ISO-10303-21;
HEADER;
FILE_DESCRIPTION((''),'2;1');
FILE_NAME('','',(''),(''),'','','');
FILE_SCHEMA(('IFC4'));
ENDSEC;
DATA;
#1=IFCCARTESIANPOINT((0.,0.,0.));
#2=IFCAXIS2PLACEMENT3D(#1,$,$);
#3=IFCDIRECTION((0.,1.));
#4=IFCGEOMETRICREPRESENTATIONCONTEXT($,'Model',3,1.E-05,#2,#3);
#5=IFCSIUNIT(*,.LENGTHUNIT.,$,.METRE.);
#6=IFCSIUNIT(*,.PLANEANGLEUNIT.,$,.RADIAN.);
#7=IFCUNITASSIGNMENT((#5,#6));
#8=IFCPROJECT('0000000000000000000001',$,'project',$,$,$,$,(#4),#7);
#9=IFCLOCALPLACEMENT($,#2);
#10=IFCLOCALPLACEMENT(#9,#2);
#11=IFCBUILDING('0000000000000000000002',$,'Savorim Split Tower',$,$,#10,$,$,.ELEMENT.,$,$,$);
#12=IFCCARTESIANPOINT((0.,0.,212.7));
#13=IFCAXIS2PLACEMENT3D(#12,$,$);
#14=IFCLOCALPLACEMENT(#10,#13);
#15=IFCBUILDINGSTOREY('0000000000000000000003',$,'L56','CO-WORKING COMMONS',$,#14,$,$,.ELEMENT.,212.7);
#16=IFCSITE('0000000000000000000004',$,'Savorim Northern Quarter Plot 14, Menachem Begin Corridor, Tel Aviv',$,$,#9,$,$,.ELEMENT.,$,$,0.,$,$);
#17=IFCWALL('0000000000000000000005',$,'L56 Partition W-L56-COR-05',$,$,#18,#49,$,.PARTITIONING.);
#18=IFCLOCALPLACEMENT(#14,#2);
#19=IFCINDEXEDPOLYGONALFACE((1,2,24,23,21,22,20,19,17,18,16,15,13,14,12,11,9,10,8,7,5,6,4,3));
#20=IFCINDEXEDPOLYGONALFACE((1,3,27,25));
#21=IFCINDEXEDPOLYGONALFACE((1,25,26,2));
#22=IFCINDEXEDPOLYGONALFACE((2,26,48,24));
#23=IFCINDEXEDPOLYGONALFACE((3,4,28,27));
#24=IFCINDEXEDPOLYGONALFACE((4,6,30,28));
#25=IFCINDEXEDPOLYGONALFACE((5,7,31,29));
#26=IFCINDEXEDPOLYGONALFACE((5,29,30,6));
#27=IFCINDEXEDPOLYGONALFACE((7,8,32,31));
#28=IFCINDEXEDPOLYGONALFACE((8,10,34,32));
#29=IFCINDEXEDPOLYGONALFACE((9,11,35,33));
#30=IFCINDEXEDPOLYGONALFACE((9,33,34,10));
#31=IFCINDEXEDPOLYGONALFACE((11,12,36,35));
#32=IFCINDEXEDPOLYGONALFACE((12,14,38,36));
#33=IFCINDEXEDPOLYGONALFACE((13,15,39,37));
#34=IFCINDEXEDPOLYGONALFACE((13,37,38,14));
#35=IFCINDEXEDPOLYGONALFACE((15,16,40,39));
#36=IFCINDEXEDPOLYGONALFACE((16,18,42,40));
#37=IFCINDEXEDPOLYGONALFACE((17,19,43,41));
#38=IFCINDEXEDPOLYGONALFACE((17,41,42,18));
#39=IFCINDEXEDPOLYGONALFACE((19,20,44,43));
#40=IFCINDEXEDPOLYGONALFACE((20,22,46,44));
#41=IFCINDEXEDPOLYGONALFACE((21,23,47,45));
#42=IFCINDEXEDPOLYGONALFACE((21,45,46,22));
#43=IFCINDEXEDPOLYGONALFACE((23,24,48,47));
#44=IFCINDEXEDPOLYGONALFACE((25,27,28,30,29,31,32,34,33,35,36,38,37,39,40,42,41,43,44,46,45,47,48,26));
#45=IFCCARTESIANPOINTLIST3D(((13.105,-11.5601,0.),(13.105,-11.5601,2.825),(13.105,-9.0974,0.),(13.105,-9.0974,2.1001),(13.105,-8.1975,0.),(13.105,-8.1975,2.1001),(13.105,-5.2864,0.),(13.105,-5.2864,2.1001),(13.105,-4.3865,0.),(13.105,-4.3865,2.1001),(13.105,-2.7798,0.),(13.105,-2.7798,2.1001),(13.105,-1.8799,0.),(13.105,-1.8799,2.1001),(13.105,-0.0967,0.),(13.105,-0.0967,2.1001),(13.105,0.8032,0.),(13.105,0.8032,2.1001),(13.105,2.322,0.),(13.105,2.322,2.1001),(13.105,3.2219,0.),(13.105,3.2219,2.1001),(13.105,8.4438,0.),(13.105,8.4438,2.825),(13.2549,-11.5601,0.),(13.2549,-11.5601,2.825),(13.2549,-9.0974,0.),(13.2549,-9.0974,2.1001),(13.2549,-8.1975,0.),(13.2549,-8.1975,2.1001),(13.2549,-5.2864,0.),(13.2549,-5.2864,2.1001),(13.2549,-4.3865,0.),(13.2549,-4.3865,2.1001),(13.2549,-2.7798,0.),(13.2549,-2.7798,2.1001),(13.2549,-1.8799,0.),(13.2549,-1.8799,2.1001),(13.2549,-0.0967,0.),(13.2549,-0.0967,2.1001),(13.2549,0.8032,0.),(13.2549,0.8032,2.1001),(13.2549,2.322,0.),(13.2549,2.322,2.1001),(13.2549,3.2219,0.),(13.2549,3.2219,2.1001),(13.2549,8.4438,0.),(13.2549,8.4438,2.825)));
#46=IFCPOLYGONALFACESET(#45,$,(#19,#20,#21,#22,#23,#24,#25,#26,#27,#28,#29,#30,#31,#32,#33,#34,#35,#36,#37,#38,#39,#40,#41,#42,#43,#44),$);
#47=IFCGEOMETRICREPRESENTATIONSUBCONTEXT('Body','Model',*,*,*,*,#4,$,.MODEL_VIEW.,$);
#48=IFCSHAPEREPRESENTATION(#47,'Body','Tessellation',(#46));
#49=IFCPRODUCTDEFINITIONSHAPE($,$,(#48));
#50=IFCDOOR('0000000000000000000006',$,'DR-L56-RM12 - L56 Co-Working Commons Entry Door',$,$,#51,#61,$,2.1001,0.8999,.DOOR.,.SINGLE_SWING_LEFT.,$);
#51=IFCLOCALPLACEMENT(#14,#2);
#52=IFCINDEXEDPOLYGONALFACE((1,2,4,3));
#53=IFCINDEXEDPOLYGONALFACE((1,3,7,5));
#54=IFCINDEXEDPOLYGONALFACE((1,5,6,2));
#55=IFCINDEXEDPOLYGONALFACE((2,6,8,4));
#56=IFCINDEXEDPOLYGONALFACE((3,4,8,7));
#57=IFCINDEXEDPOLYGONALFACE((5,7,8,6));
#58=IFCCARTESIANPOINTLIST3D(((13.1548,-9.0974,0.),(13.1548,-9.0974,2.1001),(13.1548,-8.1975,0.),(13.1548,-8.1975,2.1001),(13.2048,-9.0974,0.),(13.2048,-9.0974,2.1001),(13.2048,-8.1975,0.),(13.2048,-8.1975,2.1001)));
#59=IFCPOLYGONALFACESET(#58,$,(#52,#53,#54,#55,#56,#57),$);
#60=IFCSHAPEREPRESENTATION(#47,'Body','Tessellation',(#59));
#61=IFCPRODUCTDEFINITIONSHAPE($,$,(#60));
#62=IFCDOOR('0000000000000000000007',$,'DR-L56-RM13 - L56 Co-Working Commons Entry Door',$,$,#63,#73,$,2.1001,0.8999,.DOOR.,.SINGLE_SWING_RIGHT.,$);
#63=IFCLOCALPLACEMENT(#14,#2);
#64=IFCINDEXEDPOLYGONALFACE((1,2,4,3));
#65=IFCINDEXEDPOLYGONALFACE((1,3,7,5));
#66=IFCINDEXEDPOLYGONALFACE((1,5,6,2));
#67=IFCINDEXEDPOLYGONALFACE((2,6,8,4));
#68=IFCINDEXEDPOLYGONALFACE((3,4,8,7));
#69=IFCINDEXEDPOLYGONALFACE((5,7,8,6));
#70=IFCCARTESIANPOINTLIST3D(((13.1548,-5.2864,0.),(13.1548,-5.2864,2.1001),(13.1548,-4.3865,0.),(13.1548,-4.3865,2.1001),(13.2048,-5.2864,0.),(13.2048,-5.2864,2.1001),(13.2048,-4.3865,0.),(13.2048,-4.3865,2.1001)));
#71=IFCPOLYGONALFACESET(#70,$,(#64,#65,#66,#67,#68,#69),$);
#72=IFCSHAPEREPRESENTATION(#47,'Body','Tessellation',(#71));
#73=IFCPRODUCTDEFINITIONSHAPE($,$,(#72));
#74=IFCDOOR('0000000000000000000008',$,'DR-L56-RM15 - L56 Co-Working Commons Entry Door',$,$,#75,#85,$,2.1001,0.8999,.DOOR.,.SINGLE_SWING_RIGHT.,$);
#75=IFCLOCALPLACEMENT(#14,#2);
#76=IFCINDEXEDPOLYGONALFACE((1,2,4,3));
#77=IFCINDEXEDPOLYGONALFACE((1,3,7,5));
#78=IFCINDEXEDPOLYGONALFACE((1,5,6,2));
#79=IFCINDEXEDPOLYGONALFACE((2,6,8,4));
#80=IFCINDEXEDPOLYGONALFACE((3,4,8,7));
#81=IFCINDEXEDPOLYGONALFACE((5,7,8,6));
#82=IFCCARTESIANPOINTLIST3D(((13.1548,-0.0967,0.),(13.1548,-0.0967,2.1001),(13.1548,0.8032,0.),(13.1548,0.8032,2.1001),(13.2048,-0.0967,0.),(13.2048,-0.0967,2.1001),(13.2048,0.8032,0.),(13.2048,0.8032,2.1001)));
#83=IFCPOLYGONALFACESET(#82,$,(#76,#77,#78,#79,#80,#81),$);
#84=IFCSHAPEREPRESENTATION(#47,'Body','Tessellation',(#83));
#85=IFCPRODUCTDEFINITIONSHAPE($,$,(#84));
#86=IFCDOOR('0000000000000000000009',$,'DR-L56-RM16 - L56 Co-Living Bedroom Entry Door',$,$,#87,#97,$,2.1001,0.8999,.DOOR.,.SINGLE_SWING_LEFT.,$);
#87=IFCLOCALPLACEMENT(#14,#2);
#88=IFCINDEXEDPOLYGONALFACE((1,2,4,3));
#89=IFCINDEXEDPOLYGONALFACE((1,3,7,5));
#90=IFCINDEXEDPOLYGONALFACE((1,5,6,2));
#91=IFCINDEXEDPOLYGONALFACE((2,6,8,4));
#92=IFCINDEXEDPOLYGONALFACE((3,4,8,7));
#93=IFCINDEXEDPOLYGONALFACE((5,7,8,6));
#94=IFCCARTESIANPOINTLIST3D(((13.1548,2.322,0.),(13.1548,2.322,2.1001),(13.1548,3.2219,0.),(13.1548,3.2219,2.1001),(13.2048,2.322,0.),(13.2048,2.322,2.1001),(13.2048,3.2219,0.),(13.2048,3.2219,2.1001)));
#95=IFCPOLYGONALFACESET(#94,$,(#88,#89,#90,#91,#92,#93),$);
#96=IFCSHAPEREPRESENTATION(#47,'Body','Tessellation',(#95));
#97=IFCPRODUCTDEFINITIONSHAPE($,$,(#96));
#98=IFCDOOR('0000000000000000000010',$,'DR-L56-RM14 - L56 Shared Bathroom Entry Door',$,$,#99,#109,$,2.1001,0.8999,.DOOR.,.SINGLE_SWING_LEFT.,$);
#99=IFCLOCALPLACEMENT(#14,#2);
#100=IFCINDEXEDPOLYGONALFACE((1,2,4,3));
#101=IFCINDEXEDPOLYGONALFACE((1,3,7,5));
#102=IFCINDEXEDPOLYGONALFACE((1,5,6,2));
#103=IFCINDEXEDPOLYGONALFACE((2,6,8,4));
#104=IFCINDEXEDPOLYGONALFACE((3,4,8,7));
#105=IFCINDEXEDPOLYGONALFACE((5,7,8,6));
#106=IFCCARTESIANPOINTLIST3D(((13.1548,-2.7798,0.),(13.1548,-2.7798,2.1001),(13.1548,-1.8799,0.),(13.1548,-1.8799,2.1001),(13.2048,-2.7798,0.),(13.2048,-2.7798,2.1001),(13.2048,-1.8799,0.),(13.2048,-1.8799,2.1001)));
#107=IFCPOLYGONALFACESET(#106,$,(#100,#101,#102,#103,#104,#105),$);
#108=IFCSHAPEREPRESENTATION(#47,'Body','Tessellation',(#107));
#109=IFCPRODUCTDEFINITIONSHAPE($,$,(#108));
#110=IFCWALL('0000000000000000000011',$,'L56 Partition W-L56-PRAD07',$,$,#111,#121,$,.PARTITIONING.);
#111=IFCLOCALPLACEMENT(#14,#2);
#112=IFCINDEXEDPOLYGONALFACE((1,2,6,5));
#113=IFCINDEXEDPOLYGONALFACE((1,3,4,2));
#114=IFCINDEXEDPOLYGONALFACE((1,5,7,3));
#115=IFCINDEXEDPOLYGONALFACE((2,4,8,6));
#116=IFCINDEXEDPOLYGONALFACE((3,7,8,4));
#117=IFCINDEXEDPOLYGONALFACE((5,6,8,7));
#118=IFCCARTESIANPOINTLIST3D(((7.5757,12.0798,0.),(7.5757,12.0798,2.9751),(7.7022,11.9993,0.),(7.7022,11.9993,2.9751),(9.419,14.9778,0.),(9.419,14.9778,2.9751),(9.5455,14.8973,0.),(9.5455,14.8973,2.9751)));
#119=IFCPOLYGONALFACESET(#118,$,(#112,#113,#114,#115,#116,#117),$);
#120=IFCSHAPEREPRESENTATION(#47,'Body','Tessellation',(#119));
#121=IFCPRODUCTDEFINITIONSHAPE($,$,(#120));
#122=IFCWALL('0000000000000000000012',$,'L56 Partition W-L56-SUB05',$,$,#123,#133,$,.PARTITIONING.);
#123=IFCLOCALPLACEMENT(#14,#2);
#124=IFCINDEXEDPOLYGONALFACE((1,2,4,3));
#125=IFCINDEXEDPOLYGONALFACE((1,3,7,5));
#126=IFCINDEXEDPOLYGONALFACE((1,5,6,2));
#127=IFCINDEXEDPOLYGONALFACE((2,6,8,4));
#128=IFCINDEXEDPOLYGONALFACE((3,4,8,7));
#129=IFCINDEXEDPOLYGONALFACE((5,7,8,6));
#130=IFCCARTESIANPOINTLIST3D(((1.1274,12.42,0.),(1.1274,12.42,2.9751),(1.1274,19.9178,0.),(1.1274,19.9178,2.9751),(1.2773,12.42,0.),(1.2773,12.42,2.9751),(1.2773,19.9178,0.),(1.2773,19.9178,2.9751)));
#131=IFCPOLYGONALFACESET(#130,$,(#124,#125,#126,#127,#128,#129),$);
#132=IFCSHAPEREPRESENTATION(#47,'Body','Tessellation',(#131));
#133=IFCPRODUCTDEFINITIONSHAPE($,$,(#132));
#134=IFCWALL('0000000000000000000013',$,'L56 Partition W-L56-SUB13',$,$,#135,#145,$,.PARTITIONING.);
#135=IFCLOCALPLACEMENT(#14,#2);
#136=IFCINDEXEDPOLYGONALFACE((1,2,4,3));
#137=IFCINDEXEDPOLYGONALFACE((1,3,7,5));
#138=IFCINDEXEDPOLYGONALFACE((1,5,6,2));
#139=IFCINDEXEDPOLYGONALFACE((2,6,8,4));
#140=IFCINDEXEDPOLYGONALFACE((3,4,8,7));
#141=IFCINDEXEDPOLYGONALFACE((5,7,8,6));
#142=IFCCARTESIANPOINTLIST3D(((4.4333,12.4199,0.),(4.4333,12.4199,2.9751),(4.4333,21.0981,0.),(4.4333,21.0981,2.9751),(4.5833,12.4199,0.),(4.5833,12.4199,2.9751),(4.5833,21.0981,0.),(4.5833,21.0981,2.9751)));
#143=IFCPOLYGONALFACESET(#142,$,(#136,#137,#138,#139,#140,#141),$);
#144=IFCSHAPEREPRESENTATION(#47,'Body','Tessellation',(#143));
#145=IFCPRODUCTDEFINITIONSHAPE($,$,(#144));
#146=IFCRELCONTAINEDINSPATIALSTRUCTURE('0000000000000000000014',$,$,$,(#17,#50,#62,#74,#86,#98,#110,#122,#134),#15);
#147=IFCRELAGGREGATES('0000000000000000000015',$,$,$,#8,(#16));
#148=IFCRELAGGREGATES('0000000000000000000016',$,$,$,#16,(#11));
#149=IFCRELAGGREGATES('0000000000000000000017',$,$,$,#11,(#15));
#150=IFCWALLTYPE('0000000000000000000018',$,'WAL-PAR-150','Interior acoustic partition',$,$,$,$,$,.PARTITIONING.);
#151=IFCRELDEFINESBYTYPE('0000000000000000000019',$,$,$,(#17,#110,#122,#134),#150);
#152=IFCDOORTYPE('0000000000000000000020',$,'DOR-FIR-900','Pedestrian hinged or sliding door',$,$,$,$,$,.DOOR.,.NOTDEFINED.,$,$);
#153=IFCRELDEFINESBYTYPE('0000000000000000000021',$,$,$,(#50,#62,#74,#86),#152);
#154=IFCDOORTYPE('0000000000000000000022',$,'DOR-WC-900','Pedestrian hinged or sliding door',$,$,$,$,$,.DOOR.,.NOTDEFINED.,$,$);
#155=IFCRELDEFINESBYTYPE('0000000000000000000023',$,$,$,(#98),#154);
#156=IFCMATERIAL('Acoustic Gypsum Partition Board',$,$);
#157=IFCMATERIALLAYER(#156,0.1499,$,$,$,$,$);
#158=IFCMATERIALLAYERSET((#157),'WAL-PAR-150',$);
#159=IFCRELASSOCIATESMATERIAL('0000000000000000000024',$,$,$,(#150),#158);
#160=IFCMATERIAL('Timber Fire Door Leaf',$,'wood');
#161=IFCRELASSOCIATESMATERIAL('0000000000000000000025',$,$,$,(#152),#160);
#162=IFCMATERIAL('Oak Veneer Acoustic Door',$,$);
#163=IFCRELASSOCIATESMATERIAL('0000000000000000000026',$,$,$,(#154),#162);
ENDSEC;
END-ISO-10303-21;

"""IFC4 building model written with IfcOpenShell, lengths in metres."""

from ifc_helpers import new_model, si_unit, direction, frame, frame_2d, origin, place, context, subcontext, project, spatial, rectangle, extrude, material, layer, layer_set, type_object, element, fill, save


model = new_model("IFC4")

# Units and contexts
model_context = context("Model", 3, precision=1e-05, world=origin(), true_north=direction((0.0, 1.0)))
body_context = subcontext(model_context, "Body", "Model", "MODEL_VIEW")
ifc_project = project(units=[si_unit("LENGTHUNIT", "METRE"), si_unit("PLANEANGLEUNIT", "RADIAN")], contexts=[model_context])

# Site, building, storey
site_placement = place(None, origin())
site = spatial("IfcSite", under=ifc_project, at=site_placement, Name="Savorim Northern Quarter Plot 14, Menachem Begin Corridor, Tel Aviv", CompositionType="ELEMENT", RefElevation=0.0)
building_placement = place(site_placement, origin())
building = spatial("IfcBuilding", under=site, at=building_placement, Name="Savorim Split Tower", CompositionType="ELEMENT")
storey_placement = place(building_placement, frame((0.0, 0.0, 212.7)))
storey = spatial("IfcBuildingStorey", under=building, at=storey_placement, Name="L56", Description="CO-WORKING COMMONS", CompositionType="ELEMENT", Elevation=212.7)

# Shared definitions
ifc_material_1 = material(Name="Timber Fire Door Leaf", Category="wood")

# Shared definitions
ifc_material_2 = material(Name="Acoustic Gypsum Partition Board")
ifc_layer_1 = layer(ifc_material_2, 0.1499)
ifc_layer_set_1 = layer_set([ifc_layer_1], Name="WAL-PAR-150")
wall_type_1 = type_object("IfcWallType", Name="WAL-PAR-150", Description="Interior acoustic partition", PredefinedType="PARTITIONING", material=ifc_layer_set_1)
door_type_1 = type_object("IfcDoorType", Name="DOR-FIR-900", Description="Pedestrian hinged or sliding door", OperationType="NOTDEFINED", PredefinedType="DOOR", material=ifc_material_1)

# Wall, openings, doors
wall_1_placement = place(storey_placement, frame((13.1799, 8.4438, 0.0), z_axis=(0.0, 0.0, 1.0), x_axis=(0.0, -1.0, 0.0)))
wall_1 = element("IfcWall", 1, at=wall_1_placement, inside=storey, type_object=wall_type_1, Name="L56 Partition W-L56-COR-05", PredefinedType="PARTITIONING", context=body_context, shape_type="SweptSolid", body=[
    extrude(rectangle(XDim=20.0039, YDim=0.1499, at=frame_2d((10.002, 0.0))), origin(), (0.0, 0.0, 1.0), 2.825),
])
opening_1_placement = place(wall_1_placement, frame((16.6414, 0.0, 0.0)))
opening_1 = element("IfcOpeningElement", 2, at=opening_1_placement, cuts=wall_1, PredefinedType="OPENING", context=body_context, shape_type="SweptSolid", body=[
    extrude(rectangle(XDim=0.8999, YDim=2.1001, at=frame_2d((0.45, 1.05))), frame((0.0, 0.085, 0.0), z_axis=(0.0, -1.0, 0.0), x_axis=(1.0, 0.0, 0.0)), (0.0, 0.0, 1.0), 0.1699),
])
opening_2_placement = place(wall_1_placement, frame((12.8303, 0.0, 0.0)))
opening_2 = element("IfcOpeningElement", 3, at=opening_2_placement, cuts=wall_1, PredefinedType="OPENING", context=body_context, shape_type="SweptSolid", body=[
    extrude(rectangle(XDim=0.8999, YDim=2.1001, at=frame_2d((0.45, 1.05))), frame((0.0, 0.085, 0.0), z_axis=(0.0, -1.0, 0.0), x_axis=(1.0, 0.0, 0.0)), (0.0, 0.0, 1.0), 0.1699),
])
opening_3_placement = place(wall_1_placement, frame((10.3237, 0.0, 0.0)))
opening_3 = element("IfcOpeningElement", 4, at=opening_3_placement, cuts=wall_1, PredefinedType="OPENING", context=body_context, shape_type="SweptSolid", body=[
    extrude(rectangle(XDim=0.8999, YDim=2.1001, at=frame_2d((0.45, 1.05))), frame((0.0, 0.085, 0.0), z_axis=(0.0, -1.0, 0.0), x_axis=(1.0, 0.0, 0.0)), (0.0, 0.0, 1.0), 0.1699),
])
opening_4_placement = place(wall_1_placement, frame((7.6406, 0.0, 0.0)))
opening_4 = element("IfcOpeningElement", 5, at=opening_4_placement, cuts=wall_1, PredefinedType="OPENING", context=body_context, shape_type="SweptSolid", body=[
    extrude(rectangle(XDim=0.8999, YDim=2.1001, at=frame_2d((0.45, 1.05))), frame((0.0, 0.085, 0.0), z_axis=(0.0, -1.0, 0.0), x_axis=(1.0, 0.0, 0.0)), (0.0, 0.0, 1.0), 0.1699),
])
opening_5_placement = place(wall_1_placement, frame((5.2219, 0.0, 0.0)))
opening_5 = element("IfcOpeningElement", 6, at=opening_5_placement, cuts=wall_1, PredefinedType="OPENING", context=body_context, shape_type="SweptSolid", body=[
    extrude(rectangle(XDim=0.8999, YDim=2.1001, at=frame_2d((0.45, 1.05))), frame((0.0, 0.085, 0.0), z_axis=(0.0, -1.0, 0.0), x_axis=(1.0, 0.0, 0.0)), (0.0, 0.0, 1.0), 0.1699),
])
door_1_placement = place(opening_1_placement, origin())
door_1 = element("IfcDoor", 7, at=door_1_placement, inside=storey, type_object=door_type_1, Name="DR-L56-RM12 - L56 Co-Working Commons Entry Door", OperationType="SINGLE_SWING_LEFT", OverallHeight=2.1001, OverallWidth=0.8999, PredefinedType="DOOR", context=body_context, shape_type="SweptSolid", body=[
    extrude(rectangle(XDim=0.8999, YDim=2.1001, at=frame_2d((0.45, 1.05))), frame((0.0, 0.0249, 0.0), z_axis=(0.0, -1.0, 0.0), x_axis=(1.0, 0.0, 0.0)), (0.0, 0.0, 1.0), 0.05),
])
fill(opening_1, door_1)
door_2_placement = place(opening_2_placement, origin())
door_2 = element("IfcDoor", 8, at=door_2_placement, inside=storey, type_object=door_type_1, Name="DR-L56-RM13 - L56 Co-Working Commons Entry Door", OperationType="SINGLE_SWING_RIGHT", OverallHeight=2.1001, OverallWidth=0.8999, PredefinedType="DOOR", context=body_context, shape_type="SweptSolid", body=[
    extrude(rectangle(XDim=0.8999, YDim=2.1001, at=frame_2d((0.45, 1.05))), frame((0.0, 0.0249, 0.0), z_axis=(0.0, -1.0, 0.0), x_axis=(1.0, 0.0, 0.0)), (0.0, 0.0, 1.0), 0.05),
])
fill(opening_2, door_2)
door_3_placement = place(opening_4_placement, origin())
door_3 = element("IfcDoor", 9, at=door_3_placement, inside=storey, type_object=door_type_1, Name="DR-L56-RM15 - L56 Co-Working Commons Entry Door", OperationType="SINGLE_SWING_RIGHT", OverallHeight=2.1001, OverallWidth=0.8999, PredefinedType="DOOR", context=body_context, shape_type="SweptSolid", body=[
    extrude(rectangle(XDim=0.8999, YDim=2.1001, at=frame_2d((0.45, 1.05))), frame((0.0, 0.0249, 0.0), z_axis=(0.0, -1.0, 0.0), x_axis=(1.0, 0.0, 0.0)), (0.0, 0.0, 1.0), 0.05),
])
fill(opening_4, door_3)
door_4_placement = place(opening_5_placement, origin())
door_4 = element("IfcDoor", 10, at=door_4_placement, inside=storey, type_object=door_type_1, Name="DR-L56-RM16 - L56 Co-Living Bedroom Entry Door", OperationType="SINGLE_SWING_LEFT", OverallHeight=2.1001, OverallWidth=0.8999, PredefinedType="DOOR", context=body_context, shape_type="SweptSolid", body=[
    extrude(rectangle(XDim=0.8999, YDim=2.1001, at=frame_2d((0.45, 1.05))), frame((0.0, 0.0249, 0.0), z_axis=(0.0, -1.0, 0.0), x_axis=(1.0, 0.0, 0.0)), (0.0, 0.0, 1.0), 0.05),
])
fill(opening_5, door_4)
ifc_material_3 = material(Name="Oak Veneer Acoustic Door")
door_type_2 = type_object("IfcDoorType", Name="DOR-WC-900", Description="Pedestrian hinged or sliding door", OperationType="NOTDEFINED", PredefinedType="DOOR", material=ifc_material_3)
door_5_placement = place(opening_3_placement, origin())
door_5 = element("IfcDoor", 11, at=door_5_placement, inside=storey, type_object=door_type_2, Name="DR-L56-RM14 - L56 Shared Bathroom Entry Door", OperationType="SINGLE_SWING_LEFT", OverallHeight=2.1001, OverallWidth=0.8999, PredefinedType="DOOR", context=body_context, shape_type="SweptSolid", body=[
    extrude(rectangle(XDim=0.8999, YDim=2.1001, at=frame_2d((0.45, 1.05))), frame((0.0, 0.0249, 0.0), z_axis=(0.0, -1.0, 0.0), x_axis=(1.0, 0.0, 0.0)), (0.0, 0.0, 1.0), 0.05),
])
fill(opening_3, door_5)

# Walls
wall_2_placement = place(storey_placement, frame((7.6389, 12.0396, 0.0), z_axis=(0.0, 0.0, 1.0), x_axis=(0.536691, 0.843779, 0.0)))
element("IfcWall", 12, at=wall_2_placement, inside=storey, type_object=wall_type_1, Name="L56 Partition W-L56-PRAD07", PredefinedType="PARTITIONING", context=body_context, shape_type="SweptSolid", body=[
    extrude(rectangle(XDim=3.4346, YDim=0.1499, at=frame_2d((1.7173, 0.0))), origin(), (0.0, 0.0, 1.0), 2.9751),
])
wall_3_placement = place(storey_placement, frame((1.2024, 12.4199, 0.0), z_axis=(0.0, 0.0, 1.0), x_axis=(0.0, 1.0, 0.0)))
element("IfcWall", 13, at=wall_3_placement, inside=storey, type_object=wall_type_1, Name="L56 Partition W-L56-SUB05", PredefinedType="PARTITIONING", context=body_context, shape_type="SweptSolid", body=[
    extrude(rectangle(XDim=7.4978, YDim=0.1499, at=frame_2d((3.749, 0.0))), origin(), (0.0, 0.0, 1.0), 2.9751),
])
wall_4_placement = place(storey_placement, frame((4.5083, 12.4199, 0.0), z_axis=(0.0, 0.0, 1.0), x_axis=(0.0, 1.0, 0.0)))
element("IfcWall", 14, at=wall_4_placement, inside=storey, type_object=wall_type_1, Name="L56 Partition W-L56-SUB13", PredefinedType="PARTITIONING", context=body_context, shape_type="SweptSolid", body=[
    extrude(rectangle(XDim=8.6782, YDim=0.1499, at=frame_2d((4.3391, 0.0))), origin(), (0.0, 0.0, 1.0), 2.9751),
])

save(model, "model.ifc")
